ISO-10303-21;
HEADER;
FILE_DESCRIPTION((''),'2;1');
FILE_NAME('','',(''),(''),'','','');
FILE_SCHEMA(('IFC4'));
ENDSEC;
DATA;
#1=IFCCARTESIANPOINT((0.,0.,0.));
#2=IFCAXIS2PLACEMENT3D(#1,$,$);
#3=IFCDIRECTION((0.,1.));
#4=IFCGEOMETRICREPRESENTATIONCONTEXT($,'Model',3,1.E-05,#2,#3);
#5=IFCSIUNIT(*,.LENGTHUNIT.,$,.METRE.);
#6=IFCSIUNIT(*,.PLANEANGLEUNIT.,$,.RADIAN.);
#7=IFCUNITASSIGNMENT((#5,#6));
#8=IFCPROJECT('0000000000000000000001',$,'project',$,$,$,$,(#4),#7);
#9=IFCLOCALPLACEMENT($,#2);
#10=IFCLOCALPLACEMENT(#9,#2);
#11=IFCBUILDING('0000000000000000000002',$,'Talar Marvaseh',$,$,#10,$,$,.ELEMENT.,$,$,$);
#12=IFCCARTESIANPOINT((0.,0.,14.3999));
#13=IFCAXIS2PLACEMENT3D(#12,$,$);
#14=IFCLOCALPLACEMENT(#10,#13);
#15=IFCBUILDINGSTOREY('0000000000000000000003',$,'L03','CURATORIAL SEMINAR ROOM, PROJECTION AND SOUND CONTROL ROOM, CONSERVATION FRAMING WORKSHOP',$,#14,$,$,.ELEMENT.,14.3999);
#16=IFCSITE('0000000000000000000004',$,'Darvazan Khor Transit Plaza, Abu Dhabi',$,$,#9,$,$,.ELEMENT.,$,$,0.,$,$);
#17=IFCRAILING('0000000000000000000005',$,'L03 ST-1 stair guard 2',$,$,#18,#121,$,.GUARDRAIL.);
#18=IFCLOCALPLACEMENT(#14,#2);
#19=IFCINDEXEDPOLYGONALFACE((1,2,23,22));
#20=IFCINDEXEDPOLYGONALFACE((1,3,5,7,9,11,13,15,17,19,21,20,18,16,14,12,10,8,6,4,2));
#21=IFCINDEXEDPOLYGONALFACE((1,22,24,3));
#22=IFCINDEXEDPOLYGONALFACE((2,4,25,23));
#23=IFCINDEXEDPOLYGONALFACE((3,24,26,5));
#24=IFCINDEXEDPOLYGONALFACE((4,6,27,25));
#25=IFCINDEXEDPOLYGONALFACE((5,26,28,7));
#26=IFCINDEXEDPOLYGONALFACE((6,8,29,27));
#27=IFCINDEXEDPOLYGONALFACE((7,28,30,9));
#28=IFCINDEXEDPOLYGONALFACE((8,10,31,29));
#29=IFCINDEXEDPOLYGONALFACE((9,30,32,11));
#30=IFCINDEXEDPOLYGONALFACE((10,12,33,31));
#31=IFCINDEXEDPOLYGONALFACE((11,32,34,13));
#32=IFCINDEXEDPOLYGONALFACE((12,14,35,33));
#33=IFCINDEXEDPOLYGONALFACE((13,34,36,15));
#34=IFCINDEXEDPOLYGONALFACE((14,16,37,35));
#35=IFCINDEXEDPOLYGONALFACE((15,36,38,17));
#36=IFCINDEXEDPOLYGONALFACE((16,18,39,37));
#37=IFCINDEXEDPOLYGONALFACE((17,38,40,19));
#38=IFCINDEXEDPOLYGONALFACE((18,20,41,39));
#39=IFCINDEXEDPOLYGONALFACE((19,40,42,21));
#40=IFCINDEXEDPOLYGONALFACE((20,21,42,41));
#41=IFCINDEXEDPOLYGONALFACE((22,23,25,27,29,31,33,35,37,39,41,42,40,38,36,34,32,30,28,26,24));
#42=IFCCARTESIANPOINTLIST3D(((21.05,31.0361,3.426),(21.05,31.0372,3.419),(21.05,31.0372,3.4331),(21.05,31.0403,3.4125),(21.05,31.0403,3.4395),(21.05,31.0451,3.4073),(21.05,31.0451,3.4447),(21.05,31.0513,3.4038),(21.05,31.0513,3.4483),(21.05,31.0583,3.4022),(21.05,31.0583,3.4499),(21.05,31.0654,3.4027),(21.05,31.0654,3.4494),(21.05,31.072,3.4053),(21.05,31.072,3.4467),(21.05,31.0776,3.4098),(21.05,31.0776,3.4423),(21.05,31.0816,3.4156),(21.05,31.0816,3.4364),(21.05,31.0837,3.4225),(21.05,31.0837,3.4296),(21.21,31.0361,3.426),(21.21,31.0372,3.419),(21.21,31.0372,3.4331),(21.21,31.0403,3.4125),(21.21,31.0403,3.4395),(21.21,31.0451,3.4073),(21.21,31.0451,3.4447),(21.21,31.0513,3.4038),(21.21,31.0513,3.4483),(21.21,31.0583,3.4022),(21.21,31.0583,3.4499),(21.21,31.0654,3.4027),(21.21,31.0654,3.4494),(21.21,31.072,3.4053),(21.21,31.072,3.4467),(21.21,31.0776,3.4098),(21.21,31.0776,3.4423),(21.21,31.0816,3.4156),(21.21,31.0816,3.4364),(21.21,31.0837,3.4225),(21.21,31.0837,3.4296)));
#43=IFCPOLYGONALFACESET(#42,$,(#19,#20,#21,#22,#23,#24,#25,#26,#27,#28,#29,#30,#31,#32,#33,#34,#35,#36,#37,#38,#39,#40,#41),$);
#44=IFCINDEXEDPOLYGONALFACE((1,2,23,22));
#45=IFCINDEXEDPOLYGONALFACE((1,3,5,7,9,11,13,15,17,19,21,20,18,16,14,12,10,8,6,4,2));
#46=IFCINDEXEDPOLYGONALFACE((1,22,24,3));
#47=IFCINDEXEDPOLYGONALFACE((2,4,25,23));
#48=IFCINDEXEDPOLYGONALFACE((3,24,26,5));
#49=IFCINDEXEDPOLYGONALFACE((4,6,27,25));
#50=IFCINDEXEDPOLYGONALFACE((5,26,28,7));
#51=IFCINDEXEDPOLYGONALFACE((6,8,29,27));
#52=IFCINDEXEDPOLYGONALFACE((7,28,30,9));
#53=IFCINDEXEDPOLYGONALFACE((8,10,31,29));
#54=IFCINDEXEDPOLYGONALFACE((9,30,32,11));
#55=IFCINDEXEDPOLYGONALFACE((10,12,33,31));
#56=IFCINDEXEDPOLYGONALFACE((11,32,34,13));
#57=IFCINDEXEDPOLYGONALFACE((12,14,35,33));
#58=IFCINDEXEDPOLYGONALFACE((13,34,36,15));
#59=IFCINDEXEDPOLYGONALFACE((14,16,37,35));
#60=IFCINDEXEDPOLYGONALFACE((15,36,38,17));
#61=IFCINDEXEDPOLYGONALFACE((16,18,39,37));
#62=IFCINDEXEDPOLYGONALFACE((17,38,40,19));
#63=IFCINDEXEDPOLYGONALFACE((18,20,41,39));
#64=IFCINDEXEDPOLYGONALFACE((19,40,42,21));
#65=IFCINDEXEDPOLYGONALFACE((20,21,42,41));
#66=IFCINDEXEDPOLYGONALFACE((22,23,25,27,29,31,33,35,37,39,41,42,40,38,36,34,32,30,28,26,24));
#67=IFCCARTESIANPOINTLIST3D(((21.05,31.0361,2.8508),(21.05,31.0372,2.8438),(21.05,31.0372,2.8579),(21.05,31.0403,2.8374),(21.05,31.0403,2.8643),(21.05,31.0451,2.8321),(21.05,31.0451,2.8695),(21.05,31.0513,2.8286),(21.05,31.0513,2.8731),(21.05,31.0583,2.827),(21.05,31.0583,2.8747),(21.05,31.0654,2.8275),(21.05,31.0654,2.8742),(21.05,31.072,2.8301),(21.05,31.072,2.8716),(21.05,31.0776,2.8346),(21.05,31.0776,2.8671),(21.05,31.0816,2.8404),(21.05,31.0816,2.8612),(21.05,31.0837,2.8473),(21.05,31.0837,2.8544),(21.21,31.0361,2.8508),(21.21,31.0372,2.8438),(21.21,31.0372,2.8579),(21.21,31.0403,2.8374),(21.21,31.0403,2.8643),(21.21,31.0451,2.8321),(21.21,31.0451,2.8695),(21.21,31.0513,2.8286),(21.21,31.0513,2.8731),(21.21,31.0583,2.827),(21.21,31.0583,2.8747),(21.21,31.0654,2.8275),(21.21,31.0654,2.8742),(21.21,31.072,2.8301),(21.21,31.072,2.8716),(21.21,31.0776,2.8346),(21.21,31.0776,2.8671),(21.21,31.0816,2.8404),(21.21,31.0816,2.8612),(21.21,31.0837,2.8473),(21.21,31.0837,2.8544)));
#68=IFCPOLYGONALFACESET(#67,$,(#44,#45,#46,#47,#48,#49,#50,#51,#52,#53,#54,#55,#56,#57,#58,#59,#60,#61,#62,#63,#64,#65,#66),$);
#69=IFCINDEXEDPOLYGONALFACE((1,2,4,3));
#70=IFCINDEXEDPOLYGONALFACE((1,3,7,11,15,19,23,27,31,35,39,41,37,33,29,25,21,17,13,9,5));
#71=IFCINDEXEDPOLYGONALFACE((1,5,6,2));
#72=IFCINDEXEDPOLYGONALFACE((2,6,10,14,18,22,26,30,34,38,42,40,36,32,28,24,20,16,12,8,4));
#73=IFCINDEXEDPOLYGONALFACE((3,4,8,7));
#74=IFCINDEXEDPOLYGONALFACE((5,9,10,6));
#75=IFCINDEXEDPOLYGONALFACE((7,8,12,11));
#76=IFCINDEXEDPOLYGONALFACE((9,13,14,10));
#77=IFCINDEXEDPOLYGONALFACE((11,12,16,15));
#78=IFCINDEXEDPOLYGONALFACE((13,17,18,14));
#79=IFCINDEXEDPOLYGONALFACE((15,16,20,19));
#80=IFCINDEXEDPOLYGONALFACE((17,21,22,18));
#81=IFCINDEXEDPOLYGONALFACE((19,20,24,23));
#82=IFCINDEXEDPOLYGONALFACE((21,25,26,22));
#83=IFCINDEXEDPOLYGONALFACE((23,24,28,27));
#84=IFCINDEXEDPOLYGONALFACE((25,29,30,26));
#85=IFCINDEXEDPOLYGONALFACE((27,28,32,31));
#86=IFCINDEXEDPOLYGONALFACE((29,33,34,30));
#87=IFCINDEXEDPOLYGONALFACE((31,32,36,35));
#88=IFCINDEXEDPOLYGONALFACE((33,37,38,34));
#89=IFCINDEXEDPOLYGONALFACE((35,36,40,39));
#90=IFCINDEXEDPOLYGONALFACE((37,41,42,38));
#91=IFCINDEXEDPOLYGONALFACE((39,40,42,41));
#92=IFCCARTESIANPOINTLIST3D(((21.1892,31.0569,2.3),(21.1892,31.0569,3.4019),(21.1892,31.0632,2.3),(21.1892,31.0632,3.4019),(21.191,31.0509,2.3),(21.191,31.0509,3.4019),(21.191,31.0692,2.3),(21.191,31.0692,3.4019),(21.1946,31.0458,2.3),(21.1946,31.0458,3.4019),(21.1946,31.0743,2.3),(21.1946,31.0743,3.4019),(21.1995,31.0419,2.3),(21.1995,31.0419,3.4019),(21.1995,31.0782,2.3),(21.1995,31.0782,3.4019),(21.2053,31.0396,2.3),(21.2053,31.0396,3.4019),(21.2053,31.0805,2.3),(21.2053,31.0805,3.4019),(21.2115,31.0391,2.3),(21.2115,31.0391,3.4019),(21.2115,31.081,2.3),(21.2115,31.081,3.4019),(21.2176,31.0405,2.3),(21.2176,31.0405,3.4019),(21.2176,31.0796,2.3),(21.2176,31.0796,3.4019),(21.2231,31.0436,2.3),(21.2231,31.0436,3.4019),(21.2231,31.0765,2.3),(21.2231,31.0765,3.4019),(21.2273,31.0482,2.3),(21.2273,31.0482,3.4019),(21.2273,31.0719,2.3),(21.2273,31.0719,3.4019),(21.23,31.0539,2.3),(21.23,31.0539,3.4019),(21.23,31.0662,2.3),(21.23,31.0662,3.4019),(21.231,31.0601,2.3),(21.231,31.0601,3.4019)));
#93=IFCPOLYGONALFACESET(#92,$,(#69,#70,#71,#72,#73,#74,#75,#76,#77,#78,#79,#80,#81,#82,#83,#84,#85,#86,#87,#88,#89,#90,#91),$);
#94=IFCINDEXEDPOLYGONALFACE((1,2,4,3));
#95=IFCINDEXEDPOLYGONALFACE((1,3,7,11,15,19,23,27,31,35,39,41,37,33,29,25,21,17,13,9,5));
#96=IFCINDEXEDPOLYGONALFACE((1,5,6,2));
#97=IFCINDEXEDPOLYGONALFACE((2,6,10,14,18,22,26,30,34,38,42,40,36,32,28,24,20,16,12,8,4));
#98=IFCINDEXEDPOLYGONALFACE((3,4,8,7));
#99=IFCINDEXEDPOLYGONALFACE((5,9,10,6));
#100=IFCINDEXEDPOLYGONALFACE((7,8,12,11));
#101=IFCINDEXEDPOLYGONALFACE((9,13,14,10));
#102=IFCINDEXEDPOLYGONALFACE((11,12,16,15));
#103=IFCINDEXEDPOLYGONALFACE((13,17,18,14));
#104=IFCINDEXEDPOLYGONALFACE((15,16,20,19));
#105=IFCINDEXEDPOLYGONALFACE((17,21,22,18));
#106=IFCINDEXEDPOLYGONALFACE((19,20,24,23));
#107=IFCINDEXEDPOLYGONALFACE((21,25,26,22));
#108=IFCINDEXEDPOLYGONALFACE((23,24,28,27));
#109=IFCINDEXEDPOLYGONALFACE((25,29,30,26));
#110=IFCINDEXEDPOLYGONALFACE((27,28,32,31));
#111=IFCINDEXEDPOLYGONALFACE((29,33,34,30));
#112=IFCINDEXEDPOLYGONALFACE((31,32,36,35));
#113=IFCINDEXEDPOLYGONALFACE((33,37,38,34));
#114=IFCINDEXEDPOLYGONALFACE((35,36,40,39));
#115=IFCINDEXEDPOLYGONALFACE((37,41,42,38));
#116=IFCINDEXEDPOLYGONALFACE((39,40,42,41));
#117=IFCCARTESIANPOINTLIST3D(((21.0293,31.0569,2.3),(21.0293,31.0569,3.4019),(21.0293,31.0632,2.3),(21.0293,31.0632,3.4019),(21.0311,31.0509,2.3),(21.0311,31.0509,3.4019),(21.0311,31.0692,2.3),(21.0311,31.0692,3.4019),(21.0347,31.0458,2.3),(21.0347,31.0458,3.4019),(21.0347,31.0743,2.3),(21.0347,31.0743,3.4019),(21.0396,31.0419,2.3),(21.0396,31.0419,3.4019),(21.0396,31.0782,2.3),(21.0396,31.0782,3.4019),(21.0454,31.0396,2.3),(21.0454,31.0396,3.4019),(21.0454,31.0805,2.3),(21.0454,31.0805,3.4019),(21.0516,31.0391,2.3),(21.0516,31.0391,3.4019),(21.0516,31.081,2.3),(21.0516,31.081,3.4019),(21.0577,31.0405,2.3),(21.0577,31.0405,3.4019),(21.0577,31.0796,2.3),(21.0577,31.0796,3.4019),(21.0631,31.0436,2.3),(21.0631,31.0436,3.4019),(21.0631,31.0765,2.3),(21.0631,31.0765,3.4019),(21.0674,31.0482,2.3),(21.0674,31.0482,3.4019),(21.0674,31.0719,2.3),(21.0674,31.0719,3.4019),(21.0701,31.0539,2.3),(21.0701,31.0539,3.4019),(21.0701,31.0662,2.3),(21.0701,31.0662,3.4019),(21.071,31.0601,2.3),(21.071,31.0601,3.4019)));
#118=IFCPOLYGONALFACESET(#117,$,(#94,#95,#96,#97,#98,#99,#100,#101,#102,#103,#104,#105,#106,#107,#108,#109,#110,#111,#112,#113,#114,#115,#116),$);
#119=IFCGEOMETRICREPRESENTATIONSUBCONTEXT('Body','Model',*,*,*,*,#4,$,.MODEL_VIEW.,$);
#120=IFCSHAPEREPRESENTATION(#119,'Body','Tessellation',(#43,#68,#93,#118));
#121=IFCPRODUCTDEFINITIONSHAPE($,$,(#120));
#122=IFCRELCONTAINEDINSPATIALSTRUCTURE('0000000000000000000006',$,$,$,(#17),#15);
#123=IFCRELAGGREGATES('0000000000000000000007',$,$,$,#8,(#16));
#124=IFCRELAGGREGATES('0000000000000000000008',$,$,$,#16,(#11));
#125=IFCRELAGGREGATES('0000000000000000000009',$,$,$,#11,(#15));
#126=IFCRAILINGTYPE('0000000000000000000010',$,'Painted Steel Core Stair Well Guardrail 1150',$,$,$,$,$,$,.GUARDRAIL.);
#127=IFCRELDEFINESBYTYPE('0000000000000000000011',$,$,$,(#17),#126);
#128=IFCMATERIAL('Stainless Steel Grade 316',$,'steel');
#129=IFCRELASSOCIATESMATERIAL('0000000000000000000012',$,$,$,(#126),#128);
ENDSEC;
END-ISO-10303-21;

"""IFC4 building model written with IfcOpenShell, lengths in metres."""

from ifc_helpers import new_model, si_unit, direction, frame, origin, origin_2d, place, context, subcontext, project, spatial, circle, extrude, material, type_object, element, save


model = new_model("IFC4")

# Units and contexts
model_context = context("Model", 3, precision=1e-05, world=origin(), true_north=direction((0.0, 1.0)))
body_context = subcontext(model_context, "Body", "Model", "MODEL_VIEW")
ifc_project = project(units=[si_unit("LENGTHUNIT", "METRE"), si_unit("PLANEANGLEUNIT", "RADIAN")], contexts=[model_context])

# Site, building, storey
site_placement = place(None, origin())
site = spatial("IfcSite", under=ifc_project, at=site_placement, Name="Darvazan Khor Transit Plaza, Abu Dhabi", CompositionType="ELEMENT", RefElevation=0.0)
building_placement = place(site_placement, origin())
building = spatial("IfcBuilding", under=site, at=building_placement, Name="Talar Marvaseh", CompositionType="ELEMENT")
storey_placement = place(building_placement, frame((0.0, 0.0, 14.3999)))
storey = spatial("IfcBuildingStorey", under=building, at=storey_placement, Name="L03", Description="CURATORIAL SEMINAR ROOM, PROJECTION AND SOUND CONTROL ROOM, CONSERVATION FRAMING WORKSHOP", CompositionType="ELEMENT", Elevation=14.3999)

# Railing
ifc_material_1 = material(Name="Stainless Steel Grade 316", Category="steel")
railing_type_1 = type_object("IfcRailingType", Name="Painted Steel Core Stair Well Guardrail 1150", PredefinedType="GUARDRAIL", material=ifc_material_1)
railing_1_placement = place(storey_placement, frame((21.21, 31.0601, 2.3)))
element("IfcRailing", 1, at=railing_1_placement, inside=storey, type_object=railing_type_1, Name="L03 ST-1 stair guard 2", PredefinedType="GUARDRAIL", context=body_context, shape_type="SweptSolid", body=[
    extrude(circle(Radius=0.0239, at=origin_2d()), frame((0.0, 0.0, 1.126), z_axis=(-1.0, 0.0, 0.0), x_axis=(0.0, -1.0, 0.0)), (0.0, 0.0, 1.0), 0.1599),
    extrude(circle(Radius=0.0239, at=origin_2d()), frame((0.0, 0.0, 0.5508), z_axis=(-1.0, 0.0, 0.0), x_axis=(0.0, -1.0, 0.0)), (0.0, 0.0, 1.0), 0.1599),
    extrude(circle(Radius=0.021, at=origin_2d()), origin(), (0.0, 0.0, 1.0), 1.1018),
    extrude(circle(Radius=0.021, at=origin_2d()), frame((-0.1599, 0.0, 0.0)), (0.0, 0.0, 1.0), 1.1018),
])

save(model, "model.ifc")
